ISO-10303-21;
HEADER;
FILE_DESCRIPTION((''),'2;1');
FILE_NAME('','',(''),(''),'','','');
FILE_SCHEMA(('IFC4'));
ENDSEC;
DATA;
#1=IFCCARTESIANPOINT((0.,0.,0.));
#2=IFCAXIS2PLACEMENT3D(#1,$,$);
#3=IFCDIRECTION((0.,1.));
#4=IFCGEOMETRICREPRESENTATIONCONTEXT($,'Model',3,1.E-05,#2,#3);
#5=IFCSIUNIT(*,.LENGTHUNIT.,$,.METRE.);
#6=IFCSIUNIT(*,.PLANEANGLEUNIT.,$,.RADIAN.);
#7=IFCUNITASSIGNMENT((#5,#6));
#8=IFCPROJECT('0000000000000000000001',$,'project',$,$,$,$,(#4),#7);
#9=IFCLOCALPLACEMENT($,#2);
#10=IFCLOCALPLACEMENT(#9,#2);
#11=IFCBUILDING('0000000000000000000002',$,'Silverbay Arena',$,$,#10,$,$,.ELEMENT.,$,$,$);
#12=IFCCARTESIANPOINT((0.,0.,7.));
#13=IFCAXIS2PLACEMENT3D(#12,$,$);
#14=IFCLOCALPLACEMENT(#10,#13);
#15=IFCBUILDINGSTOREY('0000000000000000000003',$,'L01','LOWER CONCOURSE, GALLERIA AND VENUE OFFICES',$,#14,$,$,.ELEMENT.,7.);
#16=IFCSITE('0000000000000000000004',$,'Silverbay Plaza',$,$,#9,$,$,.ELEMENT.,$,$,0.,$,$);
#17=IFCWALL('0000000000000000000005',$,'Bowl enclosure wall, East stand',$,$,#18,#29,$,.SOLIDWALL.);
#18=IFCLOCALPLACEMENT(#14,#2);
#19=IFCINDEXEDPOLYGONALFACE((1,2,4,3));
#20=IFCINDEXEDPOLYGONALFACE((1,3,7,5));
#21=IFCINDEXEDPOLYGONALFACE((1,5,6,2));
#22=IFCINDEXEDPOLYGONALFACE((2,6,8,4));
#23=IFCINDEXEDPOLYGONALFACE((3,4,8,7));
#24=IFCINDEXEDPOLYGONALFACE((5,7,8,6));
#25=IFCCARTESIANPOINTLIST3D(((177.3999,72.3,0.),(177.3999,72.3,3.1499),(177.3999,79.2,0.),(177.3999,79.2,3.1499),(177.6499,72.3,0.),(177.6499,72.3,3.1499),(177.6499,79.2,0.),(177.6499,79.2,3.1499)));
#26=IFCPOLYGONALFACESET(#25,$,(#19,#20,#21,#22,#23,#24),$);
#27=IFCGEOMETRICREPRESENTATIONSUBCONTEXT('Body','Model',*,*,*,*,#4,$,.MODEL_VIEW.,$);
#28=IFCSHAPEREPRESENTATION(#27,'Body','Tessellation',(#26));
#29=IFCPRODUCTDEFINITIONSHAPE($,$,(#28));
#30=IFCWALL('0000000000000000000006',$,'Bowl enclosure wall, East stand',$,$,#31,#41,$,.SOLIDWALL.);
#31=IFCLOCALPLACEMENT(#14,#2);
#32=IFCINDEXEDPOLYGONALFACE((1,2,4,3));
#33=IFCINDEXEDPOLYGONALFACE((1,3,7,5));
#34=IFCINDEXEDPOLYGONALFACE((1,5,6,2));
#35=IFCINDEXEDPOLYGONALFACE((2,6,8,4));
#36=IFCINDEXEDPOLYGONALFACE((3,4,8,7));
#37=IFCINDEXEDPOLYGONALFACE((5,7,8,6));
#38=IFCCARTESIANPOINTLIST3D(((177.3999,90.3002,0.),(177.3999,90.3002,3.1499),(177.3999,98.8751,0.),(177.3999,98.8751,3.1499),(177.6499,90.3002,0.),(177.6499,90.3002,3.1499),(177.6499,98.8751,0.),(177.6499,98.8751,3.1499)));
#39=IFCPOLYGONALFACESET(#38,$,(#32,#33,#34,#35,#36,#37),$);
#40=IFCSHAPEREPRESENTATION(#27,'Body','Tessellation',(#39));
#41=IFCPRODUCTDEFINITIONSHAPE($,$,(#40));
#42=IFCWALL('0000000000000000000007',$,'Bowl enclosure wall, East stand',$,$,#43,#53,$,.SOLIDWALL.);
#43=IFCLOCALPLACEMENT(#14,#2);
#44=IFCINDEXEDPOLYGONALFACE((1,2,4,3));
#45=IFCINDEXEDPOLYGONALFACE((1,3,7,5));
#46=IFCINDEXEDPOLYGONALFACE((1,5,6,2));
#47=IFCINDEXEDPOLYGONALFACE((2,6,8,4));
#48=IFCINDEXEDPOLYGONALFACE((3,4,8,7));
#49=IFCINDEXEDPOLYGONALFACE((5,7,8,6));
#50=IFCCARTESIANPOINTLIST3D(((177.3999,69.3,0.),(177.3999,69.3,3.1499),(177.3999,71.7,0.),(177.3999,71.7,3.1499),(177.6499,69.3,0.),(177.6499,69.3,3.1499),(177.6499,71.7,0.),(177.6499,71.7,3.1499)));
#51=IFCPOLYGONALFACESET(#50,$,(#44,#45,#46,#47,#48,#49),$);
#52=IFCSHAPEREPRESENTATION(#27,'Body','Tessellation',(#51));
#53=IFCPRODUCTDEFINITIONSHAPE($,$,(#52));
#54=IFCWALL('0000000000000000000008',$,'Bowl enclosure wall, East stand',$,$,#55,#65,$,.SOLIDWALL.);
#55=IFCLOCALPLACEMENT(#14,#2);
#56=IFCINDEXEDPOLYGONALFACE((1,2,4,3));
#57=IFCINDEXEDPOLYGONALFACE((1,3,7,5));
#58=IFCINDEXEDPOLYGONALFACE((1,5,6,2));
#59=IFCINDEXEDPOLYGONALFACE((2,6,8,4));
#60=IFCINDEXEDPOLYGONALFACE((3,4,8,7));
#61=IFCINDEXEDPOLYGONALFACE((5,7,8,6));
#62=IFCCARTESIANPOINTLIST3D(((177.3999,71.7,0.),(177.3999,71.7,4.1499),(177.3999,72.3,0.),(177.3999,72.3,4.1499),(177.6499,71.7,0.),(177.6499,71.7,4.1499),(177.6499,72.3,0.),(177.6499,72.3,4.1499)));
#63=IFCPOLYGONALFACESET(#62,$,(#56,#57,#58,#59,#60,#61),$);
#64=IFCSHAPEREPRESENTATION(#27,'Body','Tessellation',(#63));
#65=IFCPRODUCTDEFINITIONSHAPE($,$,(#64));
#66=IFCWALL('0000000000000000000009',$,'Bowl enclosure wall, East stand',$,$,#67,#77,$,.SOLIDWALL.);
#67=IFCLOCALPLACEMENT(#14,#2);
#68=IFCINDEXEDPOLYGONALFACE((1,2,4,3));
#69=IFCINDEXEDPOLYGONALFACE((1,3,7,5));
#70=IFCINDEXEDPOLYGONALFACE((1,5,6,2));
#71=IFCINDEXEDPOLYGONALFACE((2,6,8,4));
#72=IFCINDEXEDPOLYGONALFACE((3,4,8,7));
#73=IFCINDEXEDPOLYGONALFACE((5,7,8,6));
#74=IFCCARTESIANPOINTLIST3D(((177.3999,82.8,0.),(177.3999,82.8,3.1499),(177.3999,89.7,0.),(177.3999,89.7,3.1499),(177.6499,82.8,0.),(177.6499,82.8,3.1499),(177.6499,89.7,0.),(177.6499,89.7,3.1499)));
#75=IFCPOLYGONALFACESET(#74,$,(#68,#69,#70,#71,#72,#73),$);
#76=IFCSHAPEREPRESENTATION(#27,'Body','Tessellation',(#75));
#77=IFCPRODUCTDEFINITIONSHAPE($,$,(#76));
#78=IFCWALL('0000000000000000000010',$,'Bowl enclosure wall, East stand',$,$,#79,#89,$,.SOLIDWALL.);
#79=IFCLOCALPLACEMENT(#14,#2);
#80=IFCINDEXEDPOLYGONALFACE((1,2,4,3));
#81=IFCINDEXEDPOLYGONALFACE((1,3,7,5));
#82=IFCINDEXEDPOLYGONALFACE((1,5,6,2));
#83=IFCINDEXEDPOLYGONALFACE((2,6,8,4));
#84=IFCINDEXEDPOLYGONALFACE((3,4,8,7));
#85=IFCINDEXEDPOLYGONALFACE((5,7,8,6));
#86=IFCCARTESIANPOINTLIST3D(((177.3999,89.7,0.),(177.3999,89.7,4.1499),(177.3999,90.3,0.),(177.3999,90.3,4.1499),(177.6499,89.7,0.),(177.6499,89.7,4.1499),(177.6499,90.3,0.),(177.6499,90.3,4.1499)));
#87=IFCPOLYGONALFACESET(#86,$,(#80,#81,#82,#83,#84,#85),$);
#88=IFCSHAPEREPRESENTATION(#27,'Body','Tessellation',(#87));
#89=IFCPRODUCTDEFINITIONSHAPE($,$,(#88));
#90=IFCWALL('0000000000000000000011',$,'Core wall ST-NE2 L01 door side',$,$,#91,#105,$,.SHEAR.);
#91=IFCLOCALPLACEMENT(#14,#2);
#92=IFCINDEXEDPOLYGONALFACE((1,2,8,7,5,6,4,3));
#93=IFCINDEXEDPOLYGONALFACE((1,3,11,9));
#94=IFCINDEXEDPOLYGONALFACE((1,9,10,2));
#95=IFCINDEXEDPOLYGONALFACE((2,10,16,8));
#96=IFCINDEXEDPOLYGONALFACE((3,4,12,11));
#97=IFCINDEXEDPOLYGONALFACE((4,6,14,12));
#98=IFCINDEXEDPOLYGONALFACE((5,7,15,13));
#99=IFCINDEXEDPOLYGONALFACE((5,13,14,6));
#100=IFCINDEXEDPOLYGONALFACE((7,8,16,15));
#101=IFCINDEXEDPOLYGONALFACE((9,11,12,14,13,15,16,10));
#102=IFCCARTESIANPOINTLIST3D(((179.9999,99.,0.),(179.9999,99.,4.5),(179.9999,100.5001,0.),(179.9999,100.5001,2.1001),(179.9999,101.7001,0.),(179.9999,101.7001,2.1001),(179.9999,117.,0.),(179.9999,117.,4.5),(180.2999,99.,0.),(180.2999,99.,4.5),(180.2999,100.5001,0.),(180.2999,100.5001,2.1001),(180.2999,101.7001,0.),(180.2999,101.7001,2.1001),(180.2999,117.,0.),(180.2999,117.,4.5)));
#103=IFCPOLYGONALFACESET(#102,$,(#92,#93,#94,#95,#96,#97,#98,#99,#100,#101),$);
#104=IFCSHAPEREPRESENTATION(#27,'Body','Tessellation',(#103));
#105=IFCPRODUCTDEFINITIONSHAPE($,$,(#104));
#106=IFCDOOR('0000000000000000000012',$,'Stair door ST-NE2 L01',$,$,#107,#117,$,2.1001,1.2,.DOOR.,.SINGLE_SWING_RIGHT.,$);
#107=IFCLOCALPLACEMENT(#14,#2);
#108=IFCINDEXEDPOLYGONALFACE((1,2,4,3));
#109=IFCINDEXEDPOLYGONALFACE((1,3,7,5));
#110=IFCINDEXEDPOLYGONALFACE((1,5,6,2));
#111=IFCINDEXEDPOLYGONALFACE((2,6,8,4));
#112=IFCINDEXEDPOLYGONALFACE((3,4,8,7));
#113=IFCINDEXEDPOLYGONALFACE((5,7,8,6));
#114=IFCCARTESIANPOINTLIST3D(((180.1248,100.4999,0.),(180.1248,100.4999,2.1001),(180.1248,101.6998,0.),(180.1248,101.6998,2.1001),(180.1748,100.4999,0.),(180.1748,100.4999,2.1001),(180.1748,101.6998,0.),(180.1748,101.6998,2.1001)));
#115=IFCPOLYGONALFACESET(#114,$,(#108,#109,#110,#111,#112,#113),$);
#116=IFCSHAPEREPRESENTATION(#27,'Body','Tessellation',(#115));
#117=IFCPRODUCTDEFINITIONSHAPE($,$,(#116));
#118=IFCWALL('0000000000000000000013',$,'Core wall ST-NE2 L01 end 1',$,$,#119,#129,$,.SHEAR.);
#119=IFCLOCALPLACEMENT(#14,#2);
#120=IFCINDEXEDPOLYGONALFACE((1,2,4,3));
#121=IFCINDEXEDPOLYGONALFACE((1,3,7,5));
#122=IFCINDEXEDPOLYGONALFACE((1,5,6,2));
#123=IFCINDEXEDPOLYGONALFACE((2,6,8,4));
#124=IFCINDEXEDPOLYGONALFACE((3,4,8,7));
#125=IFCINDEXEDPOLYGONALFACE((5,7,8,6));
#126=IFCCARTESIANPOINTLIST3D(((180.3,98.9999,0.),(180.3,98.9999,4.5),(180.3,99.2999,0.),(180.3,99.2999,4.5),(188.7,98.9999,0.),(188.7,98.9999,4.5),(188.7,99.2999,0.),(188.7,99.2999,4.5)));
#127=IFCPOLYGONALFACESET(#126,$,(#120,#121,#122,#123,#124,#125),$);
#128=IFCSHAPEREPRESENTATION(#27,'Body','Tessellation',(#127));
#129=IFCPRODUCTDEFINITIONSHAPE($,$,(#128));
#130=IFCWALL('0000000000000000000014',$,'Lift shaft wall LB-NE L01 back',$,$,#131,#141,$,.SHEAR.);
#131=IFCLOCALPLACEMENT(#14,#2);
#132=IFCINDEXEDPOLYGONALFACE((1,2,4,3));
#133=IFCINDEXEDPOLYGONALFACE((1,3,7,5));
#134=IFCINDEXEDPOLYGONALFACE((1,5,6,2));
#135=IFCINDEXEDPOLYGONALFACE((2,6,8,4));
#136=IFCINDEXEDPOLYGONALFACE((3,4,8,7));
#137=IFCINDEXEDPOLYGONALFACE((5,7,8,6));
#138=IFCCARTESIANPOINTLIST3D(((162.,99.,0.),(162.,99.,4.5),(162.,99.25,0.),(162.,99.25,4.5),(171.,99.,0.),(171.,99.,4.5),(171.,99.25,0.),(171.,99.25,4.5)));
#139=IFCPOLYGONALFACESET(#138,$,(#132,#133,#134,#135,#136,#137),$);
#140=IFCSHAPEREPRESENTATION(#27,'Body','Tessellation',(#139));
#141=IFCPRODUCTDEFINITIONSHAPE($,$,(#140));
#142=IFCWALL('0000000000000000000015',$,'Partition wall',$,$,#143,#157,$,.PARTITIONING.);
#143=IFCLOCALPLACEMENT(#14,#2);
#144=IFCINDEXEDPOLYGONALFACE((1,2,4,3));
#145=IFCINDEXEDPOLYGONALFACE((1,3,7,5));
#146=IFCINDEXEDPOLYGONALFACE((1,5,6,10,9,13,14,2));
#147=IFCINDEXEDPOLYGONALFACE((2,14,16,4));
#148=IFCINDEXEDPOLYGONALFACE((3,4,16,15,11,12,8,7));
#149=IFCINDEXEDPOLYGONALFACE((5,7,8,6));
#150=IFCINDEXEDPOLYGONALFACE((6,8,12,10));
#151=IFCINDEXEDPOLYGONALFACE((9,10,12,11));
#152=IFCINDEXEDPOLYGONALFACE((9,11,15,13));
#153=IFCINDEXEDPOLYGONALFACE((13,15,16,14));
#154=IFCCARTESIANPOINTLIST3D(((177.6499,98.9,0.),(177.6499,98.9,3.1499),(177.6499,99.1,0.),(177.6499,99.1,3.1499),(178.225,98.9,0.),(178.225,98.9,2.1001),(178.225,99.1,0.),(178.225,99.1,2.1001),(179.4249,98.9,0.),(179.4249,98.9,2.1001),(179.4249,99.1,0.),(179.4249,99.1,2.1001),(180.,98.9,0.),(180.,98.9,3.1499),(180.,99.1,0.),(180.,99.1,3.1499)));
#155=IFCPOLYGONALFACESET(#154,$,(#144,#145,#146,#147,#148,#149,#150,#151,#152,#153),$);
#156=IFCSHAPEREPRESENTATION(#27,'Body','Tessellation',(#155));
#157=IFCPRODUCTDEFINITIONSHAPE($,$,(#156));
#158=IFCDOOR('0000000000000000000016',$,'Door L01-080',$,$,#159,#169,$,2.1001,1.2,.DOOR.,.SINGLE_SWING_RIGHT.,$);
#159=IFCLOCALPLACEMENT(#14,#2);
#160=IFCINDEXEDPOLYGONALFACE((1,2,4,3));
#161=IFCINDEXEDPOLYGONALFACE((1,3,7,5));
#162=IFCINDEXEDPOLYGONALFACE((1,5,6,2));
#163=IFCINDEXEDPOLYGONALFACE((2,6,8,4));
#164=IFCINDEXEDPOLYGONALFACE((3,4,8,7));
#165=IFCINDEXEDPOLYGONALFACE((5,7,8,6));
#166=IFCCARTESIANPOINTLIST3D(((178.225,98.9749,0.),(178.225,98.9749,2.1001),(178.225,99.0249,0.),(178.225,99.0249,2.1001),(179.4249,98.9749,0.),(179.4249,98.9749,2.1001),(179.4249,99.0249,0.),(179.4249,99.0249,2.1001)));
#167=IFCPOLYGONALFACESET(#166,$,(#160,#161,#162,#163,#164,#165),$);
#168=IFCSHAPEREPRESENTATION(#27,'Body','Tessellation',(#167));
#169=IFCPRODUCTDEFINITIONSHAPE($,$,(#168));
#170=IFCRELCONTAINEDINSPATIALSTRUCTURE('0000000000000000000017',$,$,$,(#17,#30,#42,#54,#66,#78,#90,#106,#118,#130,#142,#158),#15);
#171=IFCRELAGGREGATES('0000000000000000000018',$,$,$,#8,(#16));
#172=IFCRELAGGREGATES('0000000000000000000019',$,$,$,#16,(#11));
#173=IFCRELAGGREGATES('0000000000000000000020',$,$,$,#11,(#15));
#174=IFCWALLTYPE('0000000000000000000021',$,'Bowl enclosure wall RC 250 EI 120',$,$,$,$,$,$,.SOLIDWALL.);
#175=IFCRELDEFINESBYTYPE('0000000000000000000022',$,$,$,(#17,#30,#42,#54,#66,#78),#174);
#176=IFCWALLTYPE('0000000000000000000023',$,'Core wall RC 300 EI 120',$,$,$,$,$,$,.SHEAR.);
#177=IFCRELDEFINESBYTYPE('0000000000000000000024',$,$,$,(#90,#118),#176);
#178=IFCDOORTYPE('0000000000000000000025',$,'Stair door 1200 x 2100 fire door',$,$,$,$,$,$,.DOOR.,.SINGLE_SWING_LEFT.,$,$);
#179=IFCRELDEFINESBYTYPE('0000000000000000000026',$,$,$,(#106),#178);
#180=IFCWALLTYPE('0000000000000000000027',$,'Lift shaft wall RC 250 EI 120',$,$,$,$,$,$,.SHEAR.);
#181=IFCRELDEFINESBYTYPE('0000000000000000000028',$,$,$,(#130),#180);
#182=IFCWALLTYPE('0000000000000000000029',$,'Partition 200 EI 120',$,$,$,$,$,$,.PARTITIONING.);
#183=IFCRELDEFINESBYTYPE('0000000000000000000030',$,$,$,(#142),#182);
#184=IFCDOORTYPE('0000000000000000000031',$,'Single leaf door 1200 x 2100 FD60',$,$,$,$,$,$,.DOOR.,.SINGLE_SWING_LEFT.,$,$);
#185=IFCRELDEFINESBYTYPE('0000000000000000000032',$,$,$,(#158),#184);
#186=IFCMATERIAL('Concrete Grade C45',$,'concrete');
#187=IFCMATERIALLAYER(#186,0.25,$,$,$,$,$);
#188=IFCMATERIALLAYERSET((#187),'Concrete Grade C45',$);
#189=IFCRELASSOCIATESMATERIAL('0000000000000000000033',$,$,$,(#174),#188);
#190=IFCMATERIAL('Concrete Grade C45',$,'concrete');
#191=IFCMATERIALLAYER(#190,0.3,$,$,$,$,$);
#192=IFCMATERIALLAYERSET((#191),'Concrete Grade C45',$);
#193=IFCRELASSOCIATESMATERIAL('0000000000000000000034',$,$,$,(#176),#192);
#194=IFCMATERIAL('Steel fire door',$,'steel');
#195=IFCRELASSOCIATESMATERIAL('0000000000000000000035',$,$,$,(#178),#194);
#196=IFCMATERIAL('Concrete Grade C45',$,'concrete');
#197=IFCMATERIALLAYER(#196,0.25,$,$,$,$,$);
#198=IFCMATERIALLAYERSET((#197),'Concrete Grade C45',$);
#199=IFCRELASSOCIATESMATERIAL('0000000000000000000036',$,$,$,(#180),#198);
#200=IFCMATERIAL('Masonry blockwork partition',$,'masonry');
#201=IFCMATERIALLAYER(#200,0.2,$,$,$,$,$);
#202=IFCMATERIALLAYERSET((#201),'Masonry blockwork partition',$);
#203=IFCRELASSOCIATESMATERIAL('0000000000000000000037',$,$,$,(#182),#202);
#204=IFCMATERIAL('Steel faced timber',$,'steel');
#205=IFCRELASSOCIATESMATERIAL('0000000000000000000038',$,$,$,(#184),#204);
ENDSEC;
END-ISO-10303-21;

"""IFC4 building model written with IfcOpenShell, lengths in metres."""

from ifc_helpers import new_model, si_unit, direction, frame, frame_2d, origin, place, context, subcontext, project, spatial, rectangle, extrude, material, layer, layer_set, type_object, element, fill, save


model = new_model("IFC4")

# Units and contexts
model_context = context("Model", 3, precision=1e-05, world=origin(), true_north=direction((0.0, 1.0)))
body_context = subcontext(model_context, "Body", "Model", "MODEL_VIEW")
ifc_project = project(units=[si_unit("LENGTHUNIT", "METRE"), si_unit("PLANEANGLEUNIT", "RADIAN")], contexts=[model_context])

# Site, building, storey
site_placement = place(None, origin())
site = spatial("IfcSite", under=ifc_project, at=site_placement, Name="Silverbay Plaza", CompositionType="ELEMENT", RefElevation=0.0)
building_placement = place(site_placement, origin())
building = spatial("IfcBuilding", under=site, at=building_placement, Name="Silverbay Arena", CompositionType="ELEMENT")
storey_placement = place(building_placement, frame((0.0, 0.0, 7.0)))
storey = spatial("IfcBuildingStorey", under=building, at=storey_placement, Name="L01", Description="LOWER CONCOURSE, GALLERIA AND VENUE OFFICES", CompositionType="ELEMENT", Elevation=7.0)

# Shared definitions
ifc_material_1 = material(Name="Concrete Grade C45", Category="concrete")
ifc_layer_1 = layer(ifc_material_1, 0.25)
ifc_layer_set_1 = layer_set([ifc_layer_1], Name="Concrete Grade C45")
wall_type_1 = type_object("IfcWallType", Name="Bowl enclosure wall RC 250 EI 120", PredefinedType="SOLIDWALL", material=ifc_layer_set_1)

# Walls
wall_1_placement = place(storey_placement, frame((177.5249, 72.3, 0.0), z_axis=(0.0, 0.0, 1.0), x_axis=(0.0, 1.0, 0.0)))
element("IfcWall", 1, at=wall_1_placement, inside=storey, type_object=wall_type_1, Name="Bowl enclosure wall, East stand", PredefinedType="SOLIDWALL", context=body_context, shape_type="SweptSolid", body=[
    extrude(rectangle(XDim=6.8999, YDim=0.25, at=frame_2d((3.45, 0.0))), origin(), (0.0, 0.0, 1.0), 3.1499),
])
wall_2_placement = place(storey_placement, frame((177.5249, 90.3, 0.0), z_axis=(0.0, 0.0, 1.0), x_axis=(0.0, 1.0, 0.0)))
element("IfcWall", 2, at=wall_2_placement, inside=storey, type_object=wall_type_1, Name="Bowl enclosure wall, East stand", PredefinedType="SOLIDWALL", context=body_context, shape_type="SweptSolid", body=[
    extrude(rectangle(XDim=8.575, YDim=0.25, at=frame_2d((4.2876, 0.0))), origin(), (0.0, 0.0, 1.0), 3.1499),
])
wall_3_placement = place(storey_placement, frame((177.5249, 69.3, 0.0), z_axis=(0.0, 0.0, 1.0), x_axis=(0.0, 1.0, 0.0)))
element("IfcWall", 3, at=wall_3_placement, inside=storey, type_object=wall_type_1, Name="Bowl enclosure wall, East stand", PredefinedType="SOLIDWALL", context=body_context, shape_type="SweptSolid", body=[
    extrude(rectangle(XDim=2.3999, YDim=0.25, at=frame_2d((1.2, 0.0))), origin(), (0.0, 0.0, 1.0), 3.1499),
])
wall_4_placement = place(storey_placement, frame((177.5249, 71.7, 0.0), z_axis=(0.0, 0.0, 1.0), x_axis=(0.0, 1.0, 0.0)))
element("IfcWall", 4, at=wall_4_placement, inside=storey, type_object=wall_type_1, Name="Bowl enclosure wall, East stand", PredefinedType="SOLIDWALL", context=body_context, shape_type="SweptSolid", body=[
    extrude(rectangle(XDim=0.6001, YDim=0.25, at=frame_2d((0.3, 0.0))), origin(), (0.0, 0.0, 1.0), 4.1499),
])
wall_5_placement = place(storey_placement, frame((177.5249, 82.8, 0.0), z_axis=(0.0, 0.0, 1.0), x_axis=(0.0, 1.0, 0.0)))
element("IfcWall", 5, at=wall_5_placement, inside=storey, type_object=wall_type_1, Name="Bowl enclosure wall, East stand", PredefinedType="SOLIDWALL", context=body_context, shape_type="SweptSolid", body=[
    extrude(rectangle(XDim=6.8999, YDim=0.25, at=frame_2d((3.45, 0.0))), origin(), (0.0, 0.0, 1.0), 3.1499),
])
wall_6_placement = place(storey_placement, frame((177.5249, 89.7, 0.0), z_axis=(0.0, 0.0, 1.0), x_axis=(0.0, 1.0, 0.0)))
element("IfcWall", 6, at=wall_6_placement, inside=storey, type_object=wall_type_1, Name="Bowl enclosure wall, East stand", PredefinedType="SOLIDWALL", context=body_context, shape_type="SweptSolid", body=[
    extrude(rectangle(XDim=0.6001, YDim=0.25, at=frame_2d((0.3, 0.0))), origin(), (0.0, 0.0, 1.0), 4.1499),
])

# Wall, opening, door
ifc_material_2 = material(Name="Concrete Grade C45", Category="concrete")
ifc_layer_2 = layer(ifc_material_2, 0.3)
ifc_layer_set_2 = layer_set([ifc_layer_2], Name="Concrete Grade C45")
wall_type_2 = type_object("IfcWallType", Name="Core wall RC 300 EI 120", PredefinedType="SHEAR", material=ifc_layer_set_2)
wall_7_placement = place(storey_placement, frame((180.1499, 99.0, 0.0), z_axis=(0.0, 0.0, 1.0), x_axis=(0.0, 1.0, 0.0)))
wall_7 = element("IfcWall", 7, at=wall_7_placement, inside=storey, type_object=wall_type_2, Name="Core wall ST-NE2 L01 door side", PredefinedType="SHEAR", context=body_context, shape_type="SweptSolid", body=[
    extrude(rectangle(XDim=18.0, YDim=0.3, at=frame_2d((9.0, 0.0))), origin(), (0.0, 0.0, 1.0), 4.5),
])
opening_1_placement = place(wall_7_placement, frame((1.5, 0.0, 0.0)))
opening_1 = element("IfcOpeningElement", 8, at=opening_1_placement, cuts=wall_7, PredefinedType="OPENING", context=body_context, shape_type="SweptSolid", body=[
    extrude(rectangle(XDim=1.2, YDim=2.1001, at=frame_2d((0.6001, 1.05))), frame((0.0, 0.1602, 0.0), z_axis=(0.0, -1.0, 0.0), x_axis=(1.0, 0.0, 0.0)), (0.0, 0.0, 1.0), 0.3201),
])
ifc_material_3 = material(Name="Steel fire door", Category="steel")
door_type_1 = type_object("IfcDoorType", Name="Stair door 1200 x 2100 fire door", OperationType="SINGLE_SWING_LEFT", PredefinedType="DOOR", material=ifc_material_3)
door_1_placement = place(opening_1_placement, frame((1.2, 0.0, 0.0), z_axis=(0.0, 0.0, 1.0), x_axis=(-1.0, 0.0, 0.0)))
door_1 = element("IfcDoor", 9, at=door_1_placement, inside=storey, type_object=door_type_1, Name="Stair door ST-NE2 L01", OperationType="SINGLE_SWING_RIGHT", OverallHeight=2.1001, OverallWidth=1.2, PredefinedType="DOOR", context=body_context, shape_type="SweptSolid", body=[
    extrude(rectangle(XDim=1.2, YDim=2.1001, at=frame_2d((0.6001, 1.05))), frame((0.0, 0.0249, 0.0), z_axis=(0.0, -1.0, 0.0), x_axis=(1.0, 0.0, 0.0)), (0.0, 0.0, 1.0), 0.05),
])
fill(opening_1, door_1)

# Walls
wall_8_placement = place(storey_placement, frame((180.3, 99.1499, 0.0), z_axis=(0.0, 0.0, 1.0), x_axis=(1.0, 0.0, 0.0)))
element("IfcWall", 10, at=wall_8_placement, inside=storey, type_object=wall_type_2, Name="Core wall ST-NE2 L01 end 1", PredefinedType="SHEAR", context=body_context, shape_type="SweptSolid", body=[
    extrude(rectangle(XDim=8.3999, YDim=0.3, at=frame_2d((4.2, 0.0))), origin(), (0.0, 0.0, 1.0), 4.5),
])
ifc_material_4 = material(Name="Concrete Grade C45", Category="concrete")
ifc_layer_3 = layer(ifc_material_4, 0.25)
ifc_layer_set_3 = layer_set([ifc_layer_3], Name="Concrete Grade C45")
wall_type_3 = type_object("IfcWallType", Name="Lift shaft wall RC 250 EI 120", PredefinedType="SHEAR", material=ifc_layer_set_3)
wall_9_placement = place(storey_placement, frame((162.0, 99.125, 0.0), z_axis=(0.0, 0.0, 1.0), x_axis=(1.0, 0.0, 0.0)))
element("IfcWall", 11, at=wall_9_placement, inside=storey, type_object=wall_type_3, Name="Lift shaft wall LB-NE L01 back", PredefinedType="SHEAR", context=body_context, shape_type="SweptSolid", body=[
    extrude(rectangle(XDim=9.0, YDim=0.25, at=frame_2d((4.5, 0.0))), origin(), (0.0, 0.0, 1.0), 4.5),
])

# Wall, opening, door
ifc_material_5 = material(Name="Masonry blockwork partition", Category="masonry")
ifc_layer_4 = layer(ifc_material_5, 0.2)
ifc_layer_set_4 = layer_set([ifc_layer_4], Name="Masonry blockwork partition")
wall_type_4 = type_object("IfcWallType", Name="Partition 200 EI 120", PredefinedType="PARTITIONING", material=ifc_layer_set_4)
wall_10_placement = place(storey_placement, frame((177.6499, 99.0, 0.0), z_axis=(0.0, 0.0, 1.0), x_axis=(1.0, 0.0, 0.0)))
wall_10 = element("IfcWall", 12, at=wall_10_placement, inside=storey, type_object=wall_type_4, Name="Partition wall", PredefinedType="PARTITIONING", context=body_context, shape_type="SweptSolid", body=[
    extrude(rectangle(XDim=2.3501, YDim=0.2, at=frame_2d((1.175, 0.0))), origin(), (0.0, 0.0, 1.0), 3.1499),
])
opening_2_placement = place(wall_10_placement, frame((0.575, 0.0, 0.0)))
opening_2 = element("IfcOpeningElement", 13, at=opening_2_placement, cuts=wall_10, PredefinedType="OPENING", context=body_context, shape_type="SweptSolid", body=[
    extrude(rectangle(XDim=1.2, YDim=2.1001, at=frame_2d((0.6001, 1.05))), frame((0.0, 0.1099, 0.0), z_axis=(0.0, -1.0, 0.0), x_axis=(1.0, 0.0, 0.0)), (0.0, 0.0, 1.0), 0.22),
])
ifc_material_6 = material(Name="Steel faced timber", Category="steel")
door_type_2 = type_object("IfcDoorType", Name="Single leaf door 1200 x 2100 FD60", OperationType="SINGLE_SWING_LEFT", PredefinedType="DOOR", material=ifc_material_6)
door_2_placement = place(opening_2_placement, origin())
door_2 = element("IfcDoor", 14, at=door_2_placement, inside=storey, type_object=door_type_2, Name="Door L01-080", OperationType="SINGLE_SWING_RIGHT", OverallHeight=2.1001, OverallWidth=1.2, PredefinedType="DOOR", context=body_context, shape_type="SweptSolid", body=[
    extrude(rectangle(XDim=1.2, YDim=2.1001, at=frame_2d((0.6001, 1.05))), frame((0.0, 0.0249, 0.0), z_axis=(0.0, -1.0, 0.0), x_axis=(1.0, 0.0, 0.0)), (0.0, 0.0, 1.0), 0.05),
])
fill(opening_2, door_2)

save(model, "model.ifc")
